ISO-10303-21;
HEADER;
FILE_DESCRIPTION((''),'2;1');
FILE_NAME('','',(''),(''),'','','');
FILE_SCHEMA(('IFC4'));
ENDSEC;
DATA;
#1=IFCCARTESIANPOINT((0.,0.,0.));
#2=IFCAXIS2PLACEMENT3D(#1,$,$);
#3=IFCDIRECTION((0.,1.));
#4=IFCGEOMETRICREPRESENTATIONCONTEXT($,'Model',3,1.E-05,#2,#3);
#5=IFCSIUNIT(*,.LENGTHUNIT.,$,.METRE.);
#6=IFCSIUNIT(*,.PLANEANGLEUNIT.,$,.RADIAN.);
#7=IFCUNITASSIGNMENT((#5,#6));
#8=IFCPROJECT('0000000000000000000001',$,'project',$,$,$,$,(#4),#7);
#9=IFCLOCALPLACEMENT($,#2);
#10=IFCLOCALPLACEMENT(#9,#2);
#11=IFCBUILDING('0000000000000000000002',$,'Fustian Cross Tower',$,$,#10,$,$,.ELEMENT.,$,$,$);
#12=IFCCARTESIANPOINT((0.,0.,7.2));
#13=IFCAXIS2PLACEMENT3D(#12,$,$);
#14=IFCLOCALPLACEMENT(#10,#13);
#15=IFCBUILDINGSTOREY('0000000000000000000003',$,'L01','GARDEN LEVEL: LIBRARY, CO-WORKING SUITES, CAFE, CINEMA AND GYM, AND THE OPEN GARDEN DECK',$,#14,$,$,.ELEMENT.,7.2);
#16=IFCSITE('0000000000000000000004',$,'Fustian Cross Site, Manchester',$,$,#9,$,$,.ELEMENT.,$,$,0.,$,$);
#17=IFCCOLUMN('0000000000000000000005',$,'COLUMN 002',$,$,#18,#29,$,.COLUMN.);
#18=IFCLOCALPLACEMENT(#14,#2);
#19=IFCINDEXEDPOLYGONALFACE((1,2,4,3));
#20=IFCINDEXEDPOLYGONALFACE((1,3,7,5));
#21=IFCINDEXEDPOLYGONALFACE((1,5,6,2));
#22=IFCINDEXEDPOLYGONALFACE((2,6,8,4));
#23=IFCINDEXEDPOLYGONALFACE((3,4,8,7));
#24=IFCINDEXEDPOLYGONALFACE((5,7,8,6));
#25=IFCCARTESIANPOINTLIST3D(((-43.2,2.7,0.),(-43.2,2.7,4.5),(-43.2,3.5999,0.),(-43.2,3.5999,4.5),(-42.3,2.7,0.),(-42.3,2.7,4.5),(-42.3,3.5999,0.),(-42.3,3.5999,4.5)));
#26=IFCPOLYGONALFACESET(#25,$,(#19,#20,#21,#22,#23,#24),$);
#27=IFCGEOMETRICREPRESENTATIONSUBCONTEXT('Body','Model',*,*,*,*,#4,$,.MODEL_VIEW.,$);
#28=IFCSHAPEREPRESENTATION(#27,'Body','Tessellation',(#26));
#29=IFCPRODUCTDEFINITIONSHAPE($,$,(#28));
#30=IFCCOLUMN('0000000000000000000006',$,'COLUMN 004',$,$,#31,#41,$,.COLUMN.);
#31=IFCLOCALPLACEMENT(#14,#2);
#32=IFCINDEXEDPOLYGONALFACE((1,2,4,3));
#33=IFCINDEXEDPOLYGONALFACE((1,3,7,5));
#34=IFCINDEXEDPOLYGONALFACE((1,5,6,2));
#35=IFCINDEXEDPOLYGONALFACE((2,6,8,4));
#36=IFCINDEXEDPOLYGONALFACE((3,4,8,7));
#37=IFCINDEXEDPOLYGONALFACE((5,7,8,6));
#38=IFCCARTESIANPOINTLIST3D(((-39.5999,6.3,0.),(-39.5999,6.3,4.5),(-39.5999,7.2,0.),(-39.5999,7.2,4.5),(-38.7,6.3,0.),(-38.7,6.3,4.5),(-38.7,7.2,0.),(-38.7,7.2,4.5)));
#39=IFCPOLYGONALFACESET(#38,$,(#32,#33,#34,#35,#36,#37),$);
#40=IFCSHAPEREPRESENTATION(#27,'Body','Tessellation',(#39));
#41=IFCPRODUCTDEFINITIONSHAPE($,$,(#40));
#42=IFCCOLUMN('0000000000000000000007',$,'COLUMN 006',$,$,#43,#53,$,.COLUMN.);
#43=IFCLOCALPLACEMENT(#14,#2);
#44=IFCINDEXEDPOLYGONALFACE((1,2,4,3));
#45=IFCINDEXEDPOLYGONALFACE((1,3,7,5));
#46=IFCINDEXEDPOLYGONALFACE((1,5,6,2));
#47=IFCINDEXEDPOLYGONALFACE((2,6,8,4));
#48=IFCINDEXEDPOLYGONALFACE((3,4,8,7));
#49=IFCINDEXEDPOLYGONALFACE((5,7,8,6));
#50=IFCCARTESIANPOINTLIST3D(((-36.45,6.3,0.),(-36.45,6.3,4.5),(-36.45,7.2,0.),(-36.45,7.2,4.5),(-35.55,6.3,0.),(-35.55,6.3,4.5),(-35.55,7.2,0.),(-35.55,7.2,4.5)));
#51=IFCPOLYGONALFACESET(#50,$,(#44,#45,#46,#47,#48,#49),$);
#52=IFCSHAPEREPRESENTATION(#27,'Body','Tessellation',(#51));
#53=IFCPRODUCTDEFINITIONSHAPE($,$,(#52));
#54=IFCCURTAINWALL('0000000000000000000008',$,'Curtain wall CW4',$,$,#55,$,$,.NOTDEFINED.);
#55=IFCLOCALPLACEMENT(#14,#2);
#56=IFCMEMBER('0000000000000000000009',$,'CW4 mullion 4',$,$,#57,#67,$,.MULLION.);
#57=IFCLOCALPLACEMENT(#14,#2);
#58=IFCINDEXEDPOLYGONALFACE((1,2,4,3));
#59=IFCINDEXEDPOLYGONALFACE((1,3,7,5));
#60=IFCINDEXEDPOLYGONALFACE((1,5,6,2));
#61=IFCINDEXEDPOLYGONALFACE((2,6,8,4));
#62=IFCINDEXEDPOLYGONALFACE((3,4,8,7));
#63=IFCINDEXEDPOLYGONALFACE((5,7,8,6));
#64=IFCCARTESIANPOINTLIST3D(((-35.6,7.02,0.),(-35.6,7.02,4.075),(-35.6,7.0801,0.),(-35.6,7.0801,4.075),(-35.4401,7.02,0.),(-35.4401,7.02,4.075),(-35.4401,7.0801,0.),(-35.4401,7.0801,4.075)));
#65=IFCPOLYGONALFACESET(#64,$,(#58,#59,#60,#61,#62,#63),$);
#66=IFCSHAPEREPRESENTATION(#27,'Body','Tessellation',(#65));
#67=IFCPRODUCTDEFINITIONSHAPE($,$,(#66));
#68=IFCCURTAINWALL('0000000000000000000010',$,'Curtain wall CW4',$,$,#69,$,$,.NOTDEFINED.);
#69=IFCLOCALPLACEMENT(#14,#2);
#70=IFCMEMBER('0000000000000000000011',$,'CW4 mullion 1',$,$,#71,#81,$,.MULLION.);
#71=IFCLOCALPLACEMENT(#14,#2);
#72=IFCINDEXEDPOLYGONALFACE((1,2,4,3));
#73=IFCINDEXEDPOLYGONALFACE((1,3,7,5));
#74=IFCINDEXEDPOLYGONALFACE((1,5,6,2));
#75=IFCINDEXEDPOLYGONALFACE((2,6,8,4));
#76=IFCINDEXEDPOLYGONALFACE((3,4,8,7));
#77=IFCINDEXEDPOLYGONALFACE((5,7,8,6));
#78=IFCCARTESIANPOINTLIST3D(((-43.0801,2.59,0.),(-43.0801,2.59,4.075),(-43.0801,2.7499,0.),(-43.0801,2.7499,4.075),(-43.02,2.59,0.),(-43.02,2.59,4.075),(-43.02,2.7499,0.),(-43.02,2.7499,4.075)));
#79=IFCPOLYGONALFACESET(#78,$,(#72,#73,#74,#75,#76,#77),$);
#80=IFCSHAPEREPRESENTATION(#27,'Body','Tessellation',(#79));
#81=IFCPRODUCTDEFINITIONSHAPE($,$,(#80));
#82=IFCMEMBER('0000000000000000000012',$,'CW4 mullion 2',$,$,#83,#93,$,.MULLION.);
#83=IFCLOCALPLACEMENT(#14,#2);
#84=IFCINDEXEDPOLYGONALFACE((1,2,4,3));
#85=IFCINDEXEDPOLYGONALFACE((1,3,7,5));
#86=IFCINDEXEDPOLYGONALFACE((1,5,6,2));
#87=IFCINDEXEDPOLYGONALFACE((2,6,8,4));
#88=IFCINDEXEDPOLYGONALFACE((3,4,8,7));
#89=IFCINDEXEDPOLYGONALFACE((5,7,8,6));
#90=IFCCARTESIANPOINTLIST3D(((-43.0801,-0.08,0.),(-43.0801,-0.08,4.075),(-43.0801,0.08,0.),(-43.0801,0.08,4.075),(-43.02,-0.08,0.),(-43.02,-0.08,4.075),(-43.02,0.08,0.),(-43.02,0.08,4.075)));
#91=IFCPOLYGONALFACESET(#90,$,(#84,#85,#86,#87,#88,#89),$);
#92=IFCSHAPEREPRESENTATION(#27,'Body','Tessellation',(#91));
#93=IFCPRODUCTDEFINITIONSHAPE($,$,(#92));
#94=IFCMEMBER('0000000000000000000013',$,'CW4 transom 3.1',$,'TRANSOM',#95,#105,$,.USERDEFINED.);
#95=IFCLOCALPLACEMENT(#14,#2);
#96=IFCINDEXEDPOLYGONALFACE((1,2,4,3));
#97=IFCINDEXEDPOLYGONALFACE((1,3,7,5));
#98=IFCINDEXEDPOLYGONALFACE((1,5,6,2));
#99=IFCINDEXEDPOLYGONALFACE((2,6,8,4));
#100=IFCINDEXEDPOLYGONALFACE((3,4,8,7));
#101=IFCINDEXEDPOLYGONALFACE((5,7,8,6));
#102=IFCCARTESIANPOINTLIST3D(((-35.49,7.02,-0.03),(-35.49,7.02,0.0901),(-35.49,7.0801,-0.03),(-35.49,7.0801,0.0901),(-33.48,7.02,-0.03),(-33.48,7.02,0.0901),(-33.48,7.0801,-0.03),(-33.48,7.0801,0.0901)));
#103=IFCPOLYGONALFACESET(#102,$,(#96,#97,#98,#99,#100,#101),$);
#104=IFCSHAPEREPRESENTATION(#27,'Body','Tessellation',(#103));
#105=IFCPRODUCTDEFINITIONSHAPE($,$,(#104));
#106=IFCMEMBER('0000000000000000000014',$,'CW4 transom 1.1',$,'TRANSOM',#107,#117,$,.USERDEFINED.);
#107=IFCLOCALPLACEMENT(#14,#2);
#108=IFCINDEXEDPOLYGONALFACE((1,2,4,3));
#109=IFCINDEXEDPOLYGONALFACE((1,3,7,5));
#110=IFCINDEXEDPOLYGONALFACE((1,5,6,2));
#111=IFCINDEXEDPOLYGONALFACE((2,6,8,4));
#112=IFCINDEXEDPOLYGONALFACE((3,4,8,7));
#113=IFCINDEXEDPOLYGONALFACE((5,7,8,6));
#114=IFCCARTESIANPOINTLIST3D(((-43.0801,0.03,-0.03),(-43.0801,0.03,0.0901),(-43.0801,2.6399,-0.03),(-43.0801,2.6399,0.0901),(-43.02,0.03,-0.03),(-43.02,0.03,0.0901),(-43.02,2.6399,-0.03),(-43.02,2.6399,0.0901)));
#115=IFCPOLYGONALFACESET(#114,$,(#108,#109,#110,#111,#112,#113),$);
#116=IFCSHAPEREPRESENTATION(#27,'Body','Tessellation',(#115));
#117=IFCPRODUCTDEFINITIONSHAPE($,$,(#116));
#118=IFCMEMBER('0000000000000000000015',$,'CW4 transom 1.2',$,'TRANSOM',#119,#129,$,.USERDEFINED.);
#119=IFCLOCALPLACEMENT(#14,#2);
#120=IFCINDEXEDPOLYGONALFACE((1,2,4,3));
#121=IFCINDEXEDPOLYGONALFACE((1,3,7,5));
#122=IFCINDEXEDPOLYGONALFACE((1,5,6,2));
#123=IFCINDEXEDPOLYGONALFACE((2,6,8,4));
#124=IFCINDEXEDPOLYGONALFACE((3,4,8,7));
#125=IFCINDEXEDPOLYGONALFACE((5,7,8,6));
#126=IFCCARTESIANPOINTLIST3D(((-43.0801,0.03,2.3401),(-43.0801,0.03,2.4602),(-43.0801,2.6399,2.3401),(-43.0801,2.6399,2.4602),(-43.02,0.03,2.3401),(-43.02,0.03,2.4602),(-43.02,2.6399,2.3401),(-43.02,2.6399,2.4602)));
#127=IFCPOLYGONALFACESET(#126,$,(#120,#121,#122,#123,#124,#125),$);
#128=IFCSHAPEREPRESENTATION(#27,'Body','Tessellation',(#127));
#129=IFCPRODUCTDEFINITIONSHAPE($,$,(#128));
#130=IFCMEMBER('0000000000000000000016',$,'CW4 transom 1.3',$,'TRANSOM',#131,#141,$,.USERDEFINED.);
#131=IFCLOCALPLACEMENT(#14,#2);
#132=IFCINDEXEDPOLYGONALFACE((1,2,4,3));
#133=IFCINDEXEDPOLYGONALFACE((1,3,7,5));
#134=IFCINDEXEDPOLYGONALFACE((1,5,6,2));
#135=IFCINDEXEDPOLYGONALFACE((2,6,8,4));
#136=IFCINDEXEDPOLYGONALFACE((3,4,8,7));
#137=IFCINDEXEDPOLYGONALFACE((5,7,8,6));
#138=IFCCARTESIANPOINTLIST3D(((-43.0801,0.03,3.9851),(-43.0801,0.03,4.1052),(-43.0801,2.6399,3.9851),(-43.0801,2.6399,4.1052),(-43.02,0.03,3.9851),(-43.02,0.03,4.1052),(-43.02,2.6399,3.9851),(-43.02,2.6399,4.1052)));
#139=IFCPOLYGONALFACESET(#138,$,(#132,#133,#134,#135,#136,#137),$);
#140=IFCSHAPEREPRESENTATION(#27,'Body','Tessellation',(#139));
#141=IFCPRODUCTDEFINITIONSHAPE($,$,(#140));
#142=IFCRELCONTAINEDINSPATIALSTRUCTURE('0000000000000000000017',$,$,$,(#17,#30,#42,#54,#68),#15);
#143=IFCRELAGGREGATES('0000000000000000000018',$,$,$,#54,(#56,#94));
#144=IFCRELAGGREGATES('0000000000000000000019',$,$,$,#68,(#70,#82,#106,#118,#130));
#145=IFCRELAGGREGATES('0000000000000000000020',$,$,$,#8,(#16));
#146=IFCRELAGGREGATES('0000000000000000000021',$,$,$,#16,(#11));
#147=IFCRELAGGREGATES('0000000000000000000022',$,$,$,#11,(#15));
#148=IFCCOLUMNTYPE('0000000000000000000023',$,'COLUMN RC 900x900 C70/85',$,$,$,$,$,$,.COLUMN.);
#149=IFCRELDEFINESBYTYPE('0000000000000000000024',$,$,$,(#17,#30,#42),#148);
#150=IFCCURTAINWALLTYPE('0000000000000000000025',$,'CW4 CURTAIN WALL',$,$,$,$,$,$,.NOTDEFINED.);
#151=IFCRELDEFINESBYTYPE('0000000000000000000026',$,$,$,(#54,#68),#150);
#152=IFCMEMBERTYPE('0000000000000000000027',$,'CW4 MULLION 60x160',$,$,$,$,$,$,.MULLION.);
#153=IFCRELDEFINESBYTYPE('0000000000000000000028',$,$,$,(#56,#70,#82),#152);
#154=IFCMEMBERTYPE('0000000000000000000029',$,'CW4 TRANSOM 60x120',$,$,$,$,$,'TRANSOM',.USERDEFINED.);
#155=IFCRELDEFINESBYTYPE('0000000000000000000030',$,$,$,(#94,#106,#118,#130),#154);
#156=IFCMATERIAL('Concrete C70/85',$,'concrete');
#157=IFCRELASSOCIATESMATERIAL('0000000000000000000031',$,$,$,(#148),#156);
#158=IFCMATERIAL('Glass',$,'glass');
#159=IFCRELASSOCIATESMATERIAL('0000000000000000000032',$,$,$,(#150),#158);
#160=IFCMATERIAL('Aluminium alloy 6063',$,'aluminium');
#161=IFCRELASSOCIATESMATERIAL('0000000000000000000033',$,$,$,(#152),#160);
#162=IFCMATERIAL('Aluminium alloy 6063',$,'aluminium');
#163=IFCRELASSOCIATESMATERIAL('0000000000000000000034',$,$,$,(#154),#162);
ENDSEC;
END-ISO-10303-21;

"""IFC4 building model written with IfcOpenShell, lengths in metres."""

from ifc_helpers import new_model, si_unit, direction, frame, origin, origin_2d, place, context, subcontext, project, spatial, rectangle, extrude, material, material_profile, profile_set, type_object, element, aggregate, save


model = new_model("IFC4")

# Units and contexts
model_context = context("Model", 3, precision=1e-05, world=origin(), true_north=direction((0.0, 1.0)))
body_context = subcontext(model_context, "Body", "Model", "MODEL_VIEW")
ifc_project = project(units=[si_unit("LENGTHUNIT", "METRE"), si_unit("PLANEANGLEUNIT", "RADIAN")], contexts=[model_context])

# Site, building, storey
site_placement = place(None, origin())
site = spatial("IfcSite", under=ifc_project, at=site_placement, Name="Fustian Cross Site, Manchester", CompositionType="ELEMENT", RefElevation=0.0)
building_placement = place(site_placement, origin())
building = spatial("IfcBuilding", under=site, at=building_placement, Name="Fustian Cross Tower", CompositionType="ELEMENT")
storey_placement = place(building_placement, frame((0.0, 0.0, 7.2)))
storey = spatial("IfcBuildingStorey", under=building, at=storey_placement, Name="L01", Description="GARDEN LEVEL: LIBRARY, CO-WORKING SUITES, CAFE, CINEMA AND GYM, AND THE OPEN GARDEN DECK", CompositionType="ELEMENT", Elevation=7.2)

# Columns
ifc_material_1 = material(Name="Concrete C70/85", Category="concrete")
ifc_material_profile_1 = material_profile(ifc_material_1, rectangle(XDim=0.8999, YDim=0.8999, at=origin_2d()), Name="RC 900x900")
ifc_profile_set_1 = profile_set([ifc_material_profile_1], Name="Concrete C70/85")
column_type = type_object("IfcColumnType", Name="COLUMN RC 900x900 C70/85", PredefinedType="COLUMN", material=ifc_profile_set_1)
for number, where, z_axis, x_axis, name in (
    (1, (-42.75, 3.1499, 0.0), (0.0, 0.0, 1.0), (1.0, 0.0, 0.0), "COLUMN 002"),
    (2, (-39.1499, 6.75, 0.0), (0.0, 0.0, 1.0), (1.0, 0.0, 0.0), "COLUMN 004"),
    (3, (-36.0, 6.75, 0.0), (0.0, 0.0, 1.0), (1.0, 0.0, 0.0), "COLUMN 006"),
):
    element("IfcColumn", number, at=place(storey_placement, frame(where, z_axis=z_axis, x_axis=x_axis)), inside=storey, type_object=column_type, Name=name, PredefinedType="COLUMN", context=body_context, shape_type="SweptSolid", body=[
        extrude(rectangle(XDim=0.8999, YDim=0.8999, at=origin_2d()), origin(), (0.0, 0.0, 1.0), 4.5),
    ])

# Curtain wall, member
ifc_material_2 = material(Name="Glass", Category="glass")
curtain_wall_type = type_object("IfcCurtainWallType", Name="CW4 CURTAIN WALL", PredefinedType="NOTDEFINED", material=ifc_material_2)
curtain_wall_1_placement = place(storey_placement, origin())
curtain_wall_1 = element("IfcCurtainWall", 4, at=curtain_wall_1_placement, inside=storey, type_object=curtain_wall_type, Name="Curtain wall CW4", PredefinedType="NOTDEFINED")
ifc_material_3 = material(Name="Aluminium alloy 6063", Category="aluminium")
ifc_material_profile_2 = material_profile(ifc_material_3, rectangle(XDim=0.0601, YDim=0.1599, at=origin_2d()), Name="CW4 MULLION 60x160")
ifc_profile_set_2 = profile_set([ifc_material_profile_2], Name="Aluminium alloy 6063")
member_type_1 = type_object("IfcMemberType", Name="CW4 MULLION 60x160", PredefinedType="MULLION", material=ifc_profile_set_2)
member_1_placement = place(storey_placement, frame((-35.52, 7.05, 0.0), z_axis=(0.0, 0.0, 1.0), x_axis=(0.0, -1.0, 0.0)))
member_1 = element("IfcMember", 5, at=member_1_placement, type_object=member_type_1, Name="CW4 mullion 4", PredefinedType="MULLION", context=body_context, shape_type="SweptSolid", body=[
    extrude(rectangle(XDim=0.0601, YDim=0.1599, at=origin_2d()), origin(), (0.0, 0.0, 1.0), 4.075),
])

# Curtain wall, members
curtain_wall_2_placement = place(storey_placement, origin())
curtain_wall_2 = element("IfcCurtainWall", 6, at=curtain_wall_2_placement, inside=storey, type_object=curtain_wall_type, Name="Curtain wall CW4", PredefinedType="NOTDEFINED")
member_2_placement = place(storey_placement, frame((-43.05, 2.6699, 0.0), z_axis=(0.0, 0.0, 1.0), x_axis=(1.0, 0.0, 0.0)))
member_2 = element("IfcMember", 7, at=member_2_placement, type_object=member_type_1, Name="CW4 mullion 1", PredefinedType="MULLION", context=body_context, shape_type="SweptSolid", body=[
    extrude(rectangle(XDim=0.0601, YDim=0.1599, at=origin_2d()), origin(), (0.0, 0.0, 1.0), 4.075),
])
member_3_placement = place(storey_placement, frame((-43.05, 0.0, 0.0), z_axis=(0.0, 0.0, 1.0), x_axis=(1.0, 0.0, 0.0)))
member_3 = element("IfcMember", 8, at=member_3_placement, type_object=member_type_1, Name="CW4 mullion 2", PredefinedType="MULLION", context=body_context, shape_type="SweptSolid", body=[
    extrude(rectangle(XDim=0.0601, YDim=0.1599, at=origin_2d()), origin(), (0.0, 0.0, 1.0), 4.075),
])

# Members
ifc_material_4 = material(Name="Aluminium alloy 6063", Category="aluminium")
ifc_material_profile_3 = material_profile(ifc_material_4, rectangle(XDim=0.0601, YDim=0.1201, at=origin_2d()), Name="CW4 TRANSOM 60x120")
ifc_profile_set_3 = profile_set([ifc_material_profile_3], Name="Aluminium alloy 6063")
member_type_2 = type_object("IfcMemberType", Name="CW4 TRANSOM 60x120", ElementType="TRANSOM", PredefinedType="USERDEFINED", material=ifc_profile_set_3)
member_4_placement = place(storey_placement, frame((-33.48, 7.05, 0.03), z_axis=(-1.0, 0.0, 0.0), x_axis=(0.0, -1.0, 0.0)))
member_4 = element("IfcMember", 9, at=member_4_placement, type_object=member_type_2, Name="CW4 transom 3.1", ObjectType="TRANSOM", PredefinedType="USERDEFINED", context=body_context, shape_type="SweptSolid", body=[
    extrude(rectangle(XDim=0.0601, YDim=0.1201, at=origin_2d()), origin(), (0.0, 0.0, 1.0), 2.01),
])
member_5_placement = place(storey_placement, frame((-43.05, 2.6399, 0.03), z_axis=(0.0, -1.0, 0.0), x_axis=(1.0, 0.0, 0.0)))
member_5 = element("IfcMember", 10, at=member_5_placement, type_object=member_type_2, Name="CW4 transom 1.1", ObjectType="TRANSOM", PredefinedType="USERDEFINED", context=body_context, shape_type="SweptSolid", body=[
    extrude(rectangle(XDim=0.0601, YDim=0.1201, at=origin_2d()), origin(), (0.0, 0.0, 1.0), 2.6099),
])
member_6_placement = place(storey_placement, frame((-43.05, 2.6399, 2.4001), z_axis=(0.0, -1.0, 0.0), x_axis=(1.0, 0.0, 0.0)))
member_6 = element("IfcMember", 11, at=member_6_placement, type_object=member_type_2, Name="CW4 transom 1.2", ObjectType="TRANSOM", PredefinedType="USERDEFINED", context=body_context, shape_type="SweptSolid", body=[
    extrude(rectangle(XDim=0.0601, YDim=0.1201, at=origin_2d()), origin(), (0.0, 0.0, 1.0), 2.6099),
])
member_7_placement = place(storey_placement, frame((-43.05, 2.6399, 4.0452), z_axis=(0.0, -1.0, 0.0), x_axis=(1.0, 0.0, 0.0)))
member_7 = element("IfcMember", 12, at=member_7_placement, type_object=member_type_2, Name="CW4 transom 1.3", ObjectType="TRANSOM", PredefinedType="USERDEFINED", context=body_context, shape_type="SweptSolid", body=[
    extrude(rectangle(XDim=0.0601, YDim=0.1201, at=origin_2d()), origin(), (0.0, 0.0, 1.0), 2.6099),
])

aggregate(curtain_wall_1, [member_1, member_4])
aggregate(curtain_wall_2, [member_2, member_3, member_5, member_6, member_7])

save(model, "model.ifc")
